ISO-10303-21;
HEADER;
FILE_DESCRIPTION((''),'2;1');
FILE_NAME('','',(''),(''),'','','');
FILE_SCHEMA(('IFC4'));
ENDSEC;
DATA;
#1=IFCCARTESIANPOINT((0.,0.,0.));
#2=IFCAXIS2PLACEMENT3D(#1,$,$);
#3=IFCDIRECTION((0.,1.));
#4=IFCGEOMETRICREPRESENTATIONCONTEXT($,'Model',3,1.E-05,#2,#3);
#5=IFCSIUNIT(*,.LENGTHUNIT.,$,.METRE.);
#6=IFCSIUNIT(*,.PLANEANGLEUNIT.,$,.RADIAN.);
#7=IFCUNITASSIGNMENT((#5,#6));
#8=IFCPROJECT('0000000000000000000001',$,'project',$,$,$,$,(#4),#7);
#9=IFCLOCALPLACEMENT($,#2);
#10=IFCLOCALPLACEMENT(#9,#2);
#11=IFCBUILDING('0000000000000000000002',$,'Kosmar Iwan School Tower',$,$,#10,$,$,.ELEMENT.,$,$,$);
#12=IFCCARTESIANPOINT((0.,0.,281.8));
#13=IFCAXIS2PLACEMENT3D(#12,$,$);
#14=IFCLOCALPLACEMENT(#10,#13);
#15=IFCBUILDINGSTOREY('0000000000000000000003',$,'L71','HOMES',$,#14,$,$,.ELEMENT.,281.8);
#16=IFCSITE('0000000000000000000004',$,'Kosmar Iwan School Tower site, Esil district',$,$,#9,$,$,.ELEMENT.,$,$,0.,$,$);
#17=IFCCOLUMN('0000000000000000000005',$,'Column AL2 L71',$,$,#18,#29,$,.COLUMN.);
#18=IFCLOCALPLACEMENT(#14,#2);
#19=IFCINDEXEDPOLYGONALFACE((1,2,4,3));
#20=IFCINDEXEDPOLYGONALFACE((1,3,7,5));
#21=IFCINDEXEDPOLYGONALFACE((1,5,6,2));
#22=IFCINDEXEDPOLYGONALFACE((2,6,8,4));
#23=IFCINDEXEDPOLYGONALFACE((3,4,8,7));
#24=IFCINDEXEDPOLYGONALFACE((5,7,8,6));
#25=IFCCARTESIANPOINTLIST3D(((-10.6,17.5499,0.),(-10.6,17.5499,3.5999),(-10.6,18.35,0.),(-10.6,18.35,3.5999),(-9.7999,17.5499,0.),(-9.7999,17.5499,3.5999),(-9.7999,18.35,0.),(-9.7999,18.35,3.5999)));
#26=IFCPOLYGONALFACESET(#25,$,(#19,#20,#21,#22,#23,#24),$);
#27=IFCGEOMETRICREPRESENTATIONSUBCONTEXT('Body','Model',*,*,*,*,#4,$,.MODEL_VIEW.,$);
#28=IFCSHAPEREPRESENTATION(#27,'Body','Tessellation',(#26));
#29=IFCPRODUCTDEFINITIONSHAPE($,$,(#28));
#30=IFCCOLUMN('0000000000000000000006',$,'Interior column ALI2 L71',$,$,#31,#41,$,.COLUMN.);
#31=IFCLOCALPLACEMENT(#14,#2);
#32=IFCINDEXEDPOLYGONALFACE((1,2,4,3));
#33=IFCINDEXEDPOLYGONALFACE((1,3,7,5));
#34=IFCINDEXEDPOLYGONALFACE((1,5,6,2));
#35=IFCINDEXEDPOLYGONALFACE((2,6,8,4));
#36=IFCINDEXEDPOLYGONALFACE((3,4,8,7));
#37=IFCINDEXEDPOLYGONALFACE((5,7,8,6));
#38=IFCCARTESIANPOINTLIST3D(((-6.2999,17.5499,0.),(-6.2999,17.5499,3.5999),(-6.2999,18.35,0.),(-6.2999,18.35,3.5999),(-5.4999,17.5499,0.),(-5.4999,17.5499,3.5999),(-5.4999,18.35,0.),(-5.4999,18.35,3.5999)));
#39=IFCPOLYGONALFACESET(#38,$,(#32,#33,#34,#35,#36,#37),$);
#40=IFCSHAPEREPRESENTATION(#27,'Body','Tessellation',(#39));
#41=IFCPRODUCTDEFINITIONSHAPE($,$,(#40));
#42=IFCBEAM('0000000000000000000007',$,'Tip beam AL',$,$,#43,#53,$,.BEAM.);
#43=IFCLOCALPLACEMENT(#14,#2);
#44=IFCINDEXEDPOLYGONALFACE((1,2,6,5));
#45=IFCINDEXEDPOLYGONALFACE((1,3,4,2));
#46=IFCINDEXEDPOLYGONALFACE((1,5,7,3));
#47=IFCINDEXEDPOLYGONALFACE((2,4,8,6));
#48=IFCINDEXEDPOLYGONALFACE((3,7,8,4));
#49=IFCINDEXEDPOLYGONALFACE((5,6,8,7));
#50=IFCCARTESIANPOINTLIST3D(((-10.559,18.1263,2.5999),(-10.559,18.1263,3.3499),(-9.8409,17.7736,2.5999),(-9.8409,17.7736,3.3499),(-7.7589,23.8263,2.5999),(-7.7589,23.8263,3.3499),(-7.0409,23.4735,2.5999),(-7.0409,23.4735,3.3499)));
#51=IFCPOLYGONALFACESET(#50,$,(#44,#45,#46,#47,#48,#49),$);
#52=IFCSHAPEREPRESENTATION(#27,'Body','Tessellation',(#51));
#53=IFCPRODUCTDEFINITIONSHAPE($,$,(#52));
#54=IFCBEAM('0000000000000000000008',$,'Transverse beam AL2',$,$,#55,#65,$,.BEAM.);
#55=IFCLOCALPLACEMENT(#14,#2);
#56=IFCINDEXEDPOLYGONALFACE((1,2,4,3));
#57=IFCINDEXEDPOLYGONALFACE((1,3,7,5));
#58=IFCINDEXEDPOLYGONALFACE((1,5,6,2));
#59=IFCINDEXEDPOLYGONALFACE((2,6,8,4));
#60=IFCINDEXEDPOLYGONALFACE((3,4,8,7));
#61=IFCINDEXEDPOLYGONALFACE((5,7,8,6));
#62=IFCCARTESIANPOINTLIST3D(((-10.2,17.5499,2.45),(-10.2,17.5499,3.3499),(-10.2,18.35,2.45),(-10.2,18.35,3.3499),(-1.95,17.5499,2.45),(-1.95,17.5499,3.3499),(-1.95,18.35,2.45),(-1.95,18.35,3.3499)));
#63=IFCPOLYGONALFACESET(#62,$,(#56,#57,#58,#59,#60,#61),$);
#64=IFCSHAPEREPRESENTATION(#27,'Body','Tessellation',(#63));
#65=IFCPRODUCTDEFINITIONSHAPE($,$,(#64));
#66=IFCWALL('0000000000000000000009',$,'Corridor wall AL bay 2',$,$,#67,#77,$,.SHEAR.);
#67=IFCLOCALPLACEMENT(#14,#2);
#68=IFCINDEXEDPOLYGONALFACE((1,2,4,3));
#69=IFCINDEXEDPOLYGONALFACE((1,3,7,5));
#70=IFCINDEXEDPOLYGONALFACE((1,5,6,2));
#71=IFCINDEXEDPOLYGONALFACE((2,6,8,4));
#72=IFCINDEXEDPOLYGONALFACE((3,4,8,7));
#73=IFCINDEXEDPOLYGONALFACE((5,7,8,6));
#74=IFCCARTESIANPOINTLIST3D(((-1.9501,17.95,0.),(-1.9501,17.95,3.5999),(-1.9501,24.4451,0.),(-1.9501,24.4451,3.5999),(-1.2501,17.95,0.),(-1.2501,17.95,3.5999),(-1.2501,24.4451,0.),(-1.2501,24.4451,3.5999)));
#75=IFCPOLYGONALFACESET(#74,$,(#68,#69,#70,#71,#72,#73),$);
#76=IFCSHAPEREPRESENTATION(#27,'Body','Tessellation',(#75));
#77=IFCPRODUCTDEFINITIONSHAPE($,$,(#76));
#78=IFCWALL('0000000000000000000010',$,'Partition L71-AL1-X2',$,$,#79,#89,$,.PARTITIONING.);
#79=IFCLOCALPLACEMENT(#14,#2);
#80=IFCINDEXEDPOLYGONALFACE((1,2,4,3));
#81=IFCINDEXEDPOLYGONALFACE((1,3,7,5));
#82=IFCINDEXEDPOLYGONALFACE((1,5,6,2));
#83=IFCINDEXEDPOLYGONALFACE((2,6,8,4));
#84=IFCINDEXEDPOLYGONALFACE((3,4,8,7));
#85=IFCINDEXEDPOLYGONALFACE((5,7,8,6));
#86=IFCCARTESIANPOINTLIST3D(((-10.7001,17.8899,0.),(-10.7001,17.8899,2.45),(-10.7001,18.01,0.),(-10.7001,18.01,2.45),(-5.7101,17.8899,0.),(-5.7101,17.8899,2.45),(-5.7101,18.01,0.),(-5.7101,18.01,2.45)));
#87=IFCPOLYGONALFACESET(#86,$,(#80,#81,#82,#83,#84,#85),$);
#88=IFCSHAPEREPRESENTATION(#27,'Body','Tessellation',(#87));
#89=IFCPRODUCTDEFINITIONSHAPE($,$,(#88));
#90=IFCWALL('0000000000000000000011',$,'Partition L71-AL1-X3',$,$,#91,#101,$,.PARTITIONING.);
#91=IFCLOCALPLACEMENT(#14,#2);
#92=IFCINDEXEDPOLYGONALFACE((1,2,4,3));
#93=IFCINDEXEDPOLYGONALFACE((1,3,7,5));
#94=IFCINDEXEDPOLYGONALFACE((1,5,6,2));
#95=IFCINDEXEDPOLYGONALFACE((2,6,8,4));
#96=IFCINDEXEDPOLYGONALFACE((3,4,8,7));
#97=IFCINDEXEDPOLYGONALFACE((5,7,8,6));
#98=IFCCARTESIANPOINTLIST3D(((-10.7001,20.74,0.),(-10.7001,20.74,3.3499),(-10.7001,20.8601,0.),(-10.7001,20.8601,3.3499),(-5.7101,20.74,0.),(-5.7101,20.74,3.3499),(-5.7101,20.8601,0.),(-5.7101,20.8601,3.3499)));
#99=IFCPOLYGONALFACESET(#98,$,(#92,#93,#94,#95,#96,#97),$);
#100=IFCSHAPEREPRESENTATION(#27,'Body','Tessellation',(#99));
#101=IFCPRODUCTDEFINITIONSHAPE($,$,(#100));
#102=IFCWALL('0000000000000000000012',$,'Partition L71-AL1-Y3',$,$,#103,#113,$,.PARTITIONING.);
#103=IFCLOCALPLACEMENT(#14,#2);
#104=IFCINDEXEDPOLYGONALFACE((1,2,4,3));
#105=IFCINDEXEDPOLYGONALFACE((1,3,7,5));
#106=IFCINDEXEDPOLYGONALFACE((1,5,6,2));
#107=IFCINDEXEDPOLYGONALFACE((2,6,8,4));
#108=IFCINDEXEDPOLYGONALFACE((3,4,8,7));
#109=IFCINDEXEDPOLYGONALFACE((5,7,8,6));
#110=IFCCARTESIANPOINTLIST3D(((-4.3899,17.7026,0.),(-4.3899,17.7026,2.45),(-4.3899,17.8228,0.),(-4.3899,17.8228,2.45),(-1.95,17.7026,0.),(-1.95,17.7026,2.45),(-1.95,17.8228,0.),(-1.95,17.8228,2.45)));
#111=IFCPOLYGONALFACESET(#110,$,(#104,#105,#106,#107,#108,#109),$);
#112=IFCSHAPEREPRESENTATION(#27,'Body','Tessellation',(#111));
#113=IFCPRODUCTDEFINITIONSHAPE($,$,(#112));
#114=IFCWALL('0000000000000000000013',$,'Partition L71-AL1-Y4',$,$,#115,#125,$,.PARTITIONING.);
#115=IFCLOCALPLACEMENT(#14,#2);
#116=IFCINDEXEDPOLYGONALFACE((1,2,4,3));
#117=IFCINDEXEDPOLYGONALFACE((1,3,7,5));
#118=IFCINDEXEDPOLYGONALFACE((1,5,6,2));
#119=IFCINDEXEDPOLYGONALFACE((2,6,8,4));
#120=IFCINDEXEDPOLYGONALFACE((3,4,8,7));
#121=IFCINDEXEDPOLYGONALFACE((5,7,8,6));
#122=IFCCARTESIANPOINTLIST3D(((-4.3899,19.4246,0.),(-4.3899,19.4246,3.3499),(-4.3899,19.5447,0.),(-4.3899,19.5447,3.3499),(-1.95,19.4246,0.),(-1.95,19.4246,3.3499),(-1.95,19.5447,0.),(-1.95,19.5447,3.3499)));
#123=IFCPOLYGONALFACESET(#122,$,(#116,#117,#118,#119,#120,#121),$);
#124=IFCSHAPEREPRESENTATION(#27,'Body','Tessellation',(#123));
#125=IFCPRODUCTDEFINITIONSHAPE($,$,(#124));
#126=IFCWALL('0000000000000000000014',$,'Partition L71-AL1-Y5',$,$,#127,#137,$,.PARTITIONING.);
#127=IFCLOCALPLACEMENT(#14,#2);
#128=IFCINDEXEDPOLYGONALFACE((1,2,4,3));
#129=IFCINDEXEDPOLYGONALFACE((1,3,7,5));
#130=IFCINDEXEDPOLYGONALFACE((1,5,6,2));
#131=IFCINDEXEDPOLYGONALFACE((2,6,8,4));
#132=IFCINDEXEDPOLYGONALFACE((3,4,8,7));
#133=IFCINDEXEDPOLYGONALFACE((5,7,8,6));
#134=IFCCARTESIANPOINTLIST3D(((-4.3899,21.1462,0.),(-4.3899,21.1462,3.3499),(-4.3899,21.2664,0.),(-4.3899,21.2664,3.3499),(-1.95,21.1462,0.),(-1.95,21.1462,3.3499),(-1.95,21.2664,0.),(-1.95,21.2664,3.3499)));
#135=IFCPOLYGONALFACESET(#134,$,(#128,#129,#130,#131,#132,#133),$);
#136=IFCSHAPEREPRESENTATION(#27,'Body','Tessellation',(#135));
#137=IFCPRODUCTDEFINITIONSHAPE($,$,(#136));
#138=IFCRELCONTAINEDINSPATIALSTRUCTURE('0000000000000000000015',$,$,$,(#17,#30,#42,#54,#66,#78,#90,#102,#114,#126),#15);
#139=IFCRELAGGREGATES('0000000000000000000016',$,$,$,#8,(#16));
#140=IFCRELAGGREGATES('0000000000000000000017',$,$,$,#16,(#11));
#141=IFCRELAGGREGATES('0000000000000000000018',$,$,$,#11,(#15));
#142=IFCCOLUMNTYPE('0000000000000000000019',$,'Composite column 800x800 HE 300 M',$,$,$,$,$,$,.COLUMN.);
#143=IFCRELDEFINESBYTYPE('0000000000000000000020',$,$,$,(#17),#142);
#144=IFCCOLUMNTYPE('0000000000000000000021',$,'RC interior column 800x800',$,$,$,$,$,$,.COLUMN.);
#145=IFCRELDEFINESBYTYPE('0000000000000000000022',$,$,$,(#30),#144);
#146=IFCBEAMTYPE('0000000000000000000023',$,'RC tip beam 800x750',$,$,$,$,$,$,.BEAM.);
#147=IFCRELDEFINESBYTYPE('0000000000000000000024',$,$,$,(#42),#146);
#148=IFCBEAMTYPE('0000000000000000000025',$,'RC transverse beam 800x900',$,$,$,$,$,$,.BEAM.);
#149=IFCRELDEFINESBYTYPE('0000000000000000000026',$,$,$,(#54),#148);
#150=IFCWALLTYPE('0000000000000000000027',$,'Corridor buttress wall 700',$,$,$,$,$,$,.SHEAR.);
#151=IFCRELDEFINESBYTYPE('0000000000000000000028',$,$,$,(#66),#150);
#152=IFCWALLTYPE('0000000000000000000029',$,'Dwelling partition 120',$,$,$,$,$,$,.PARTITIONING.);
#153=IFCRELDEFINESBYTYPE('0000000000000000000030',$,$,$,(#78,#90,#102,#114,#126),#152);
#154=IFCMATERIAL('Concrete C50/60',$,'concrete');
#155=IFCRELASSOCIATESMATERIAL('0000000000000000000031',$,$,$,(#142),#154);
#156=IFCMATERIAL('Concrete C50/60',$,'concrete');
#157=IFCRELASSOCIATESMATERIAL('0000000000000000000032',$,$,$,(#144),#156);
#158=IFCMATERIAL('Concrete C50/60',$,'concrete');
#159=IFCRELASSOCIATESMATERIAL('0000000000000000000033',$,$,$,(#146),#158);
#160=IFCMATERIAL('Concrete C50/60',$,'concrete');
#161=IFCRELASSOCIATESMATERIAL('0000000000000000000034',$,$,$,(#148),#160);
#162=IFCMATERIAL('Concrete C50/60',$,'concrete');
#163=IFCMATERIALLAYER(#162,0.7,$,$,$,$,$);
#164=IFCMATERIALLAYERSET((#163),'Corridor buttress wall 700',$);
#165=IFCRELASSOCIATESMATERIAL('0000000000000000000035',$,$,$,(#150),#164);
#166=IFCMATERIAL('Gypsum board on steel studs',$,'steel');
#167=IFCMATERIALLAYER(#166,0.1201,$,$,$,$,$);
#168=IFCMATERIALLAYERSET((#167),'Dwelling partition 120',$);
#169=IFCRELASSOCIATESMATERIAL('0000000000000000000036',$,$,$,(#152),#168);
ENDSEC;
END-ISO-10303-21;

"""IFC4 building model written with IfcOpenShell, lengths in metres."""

from ifc_helpers import new_model, si_unit, direction, frame, frame_2d, origin, origin_2d, place, context, subcontext, project, spatial, rectangle, extrude, material, layer, layer_set, material_profile, profile_set, type_object, element, save


model = new_model("IFC4")

# Units and contexts
model_context = context("Model", 3, precision=1e-05, world=origin(), true_north=direction((0.0, 1.0)))
body_context = subcontext(model_context, "Body", "Model", "MODEL_VIEW")
ifc_project = project(units=[si_unit("LENGTHUNIT", "METRE"), si_unit("PLANEANGLEUNIT", "RADIAN")], contexts=[model_context])

# Site, building, storey
site_placement = place(None, origin())
site = spatial("IfcSite", under=ifc_project, at=site_placement, Name="Kosmar Iwan School Tower site, Esil district", CompositionType="ELEMENT", RefElevation=0.0)
building_placement = place(site_placement, origin())
building = spatial("IfcBuilding", under=site, at=building_placement, Name="Kosmar Iwan School Tower", CompositionType="ELEMENT")
storey_placement = place(building_placement, frame((0.0, 0.0, 281.8)))
storey = spatial("IfcBuildingStorey", under=building, at=storey_placement, Name="L71", Description="HOMES", CompositionType="ELEMENT", Elevation=281.8)

# Columns
ifc_material_1 = material(Name="Concrete C50/60", Category="concrete")
ifc_material_profile_1 = material_profile(ifc_material_1, rectangle(XDim=0.8, YDim=0.8, at=origin_2d()), Name="RC 800x800 + HE 300 M")
ifc_profile_set_1 = profile_set([ifc_material_profile_1], Name="Concrete C50/60")
column_type_1 = type_object("IfcColumnType", Name="Composite column 800x800 HE 300 M", PredefinedType="COLUMN", material=ifc_profile_set_1)
column_1_placement = place(storey_placement, frame((-10.2, 17.95, 0.0), z_axis=(0.0, 0.0, 1.0), x_axis=(0.0, 1.0, 0.0)))
element("IfcColumn", 1, at=column_1_placement, inside=storey, type_object=column_type_1, Name="Column AL2 L71", PredefinedType="COLUMN", context=body_context, shape_type="SweptSolid", body=[
    extrude(rectangle(XDim=0.8, YDim=0.8, at=origin_2d()), origin(), (0.0, 0.0, 1.0), 3.5999),
])
ifc_material_2 = material(Name="Concrete C50/60", Category="concrete")
ifc_material_profile_2 = material_profile(ifc_material_2, rectangle(XDim=0.8, YDim=0.8, at=origin_2d()), Name="RC 800x800")
ifc_profile_set_2 = profile_set([ifc_material_profile_2], Name="Concrete C50/60")
column_type_2 = type_object("IfcColumnType", Name="RC interior column 800x800", PredefinedType="COLUMN", material=ifc_profile_set_2)
column_2_placement = place(storey_placement, frame((-5.8999, 17.95, 0.0), z_axis=(0.0, 0.0, 1.0), x_axis=(0.0, 1.0, 0.0)))
element("IfcColumn", 2, at=column_2_placement, inside=storey, type_object=column_type_2, Name="Interior column ALI2 L71", PredefinedType="COLUMN", context=body_context, shape_type="SweptSolid", body=[
    extrude(rectangle(XDim=0.8, YDim=0.8, at=origin_2d()), origin(), (0.0, 0.0, 1.0), 3.5999),
])

# Beams
ifc_material_3 = material(Name="Concrete C50/60", Category="concrete")
ifc_material_profile_3 = material_profile(ifc_material_3, rectangle(XDim=0.8, YDim=0.75, at=origin_2d()), Name="RC 800x750")
ifc_profile_set_3 = profile_set([ifc_material_profile_3], Name="Concrete C50/60")
beam_type_1 = type_object("IfcBeamType", Name="RC tip beam 800x750", PredefinedType="BEAM", material=ifc_profile_set_3)
beam_1_placement = place(storey_placement, frame((-10.2, 17.95, 2.9749), z_axis=(0.440913, 0.89755, 0.0), x_axis=(-0.89755, 0.440913, 0.0)))
element("IfcBeam", 3, at=beam_1_placement, inside=storey, type_object=beam_type_1, Name="Tip beam AL", PredefinedType="BEAM", context=body_context, shape_type="SweptSolid", body=[
    extrude(rectangle(XDim=0.8, YDim=0.75, at=origin_2d()), origin(), (0.0, 0.0, 1.0), 6.3506),
])
ifc_material_4 = material(Name="Concrete C50/60", Category="concrete")
ifc_material_profile_4 = material_profile(ifc_material_4, rectangle(XDim=0.8, YDim=0.8999, at=origin_2d()), Name="RC 800x900")
ifc_profile_set_4 = profile_set([ifc_material_profile_4], Name="Concrete C50/60")
beam_type_2 = type_object("IfcBeamType", Name="RC transverse beam 800x900", PredefinedType="BEAM", material=ifc_profile_set_4)
beam_2_placement = place(storey_placement, frame((-10.2, 17.95, 2.8999), z_axis=(1.0, 0.0, 0.0), x_axis=(0.0, 1.0, 0.0)))
element("IfcBeam", 4, at=beam_2_placement, inside=storey, type_object=beam_type_2, Name="Transverse beam AL2", PredefinedType="BEAM", context=body_context, shape_type="SweptSolid", body=[
    extrude(rectangle(XDim=0.8, YDim=0.8999, at=origin_2d()), origin(), (0.0, 0.0, 1.0), 8.25),
])

# Walls
ifc_material_5 = material(Name="Concrete C50/60", Category="concrete")
ifc_layer_1 = layer(ifc_material_5, 0.7)
ifc_layer_set_1 = layer_set([ifc_layer_1], Name="Corridor buttress wall 700")
wall_type_1 = type_object("IfcWallType", Name="Corridor buttress wall 700", PredefinedType="SHEAR", material=ifc_layer_set_1)
wall_1_placement = place(storey_placement, frame((-1.6001, 17.95, 0.0), z_axis=(0.0, 0.0, 1.0), x_axis=(0.0, 1.0, 0.0)))
element("IfcWall", 5, at=wall_1_placement, inside=storey, type_object=wall_type_1, Name="Corridor wall AL bay 2", PredefinedType="SHEAR", context=body_context, shape_type="SweptSolid", body=[
    extrude(rectangle(XDim=6.4951, YDim=0.7, at=frame_2d((3.2476, 0.0))), origin(), (0.0, 0.0, 1.0), 3.5999),
])
ifc_material_6 = material(Name="Gypsum board on steel studs", Category="steel")
ifc_layer_2 = layer(ifc_material_6, 0.1201)
ifc_layer_set_2 = layer_set([ifc_layer_2], Name="Dwelling partition 120")
wall_type_2 = type_object("IfcWallType", Name="Dwelling partition 120", PredefinedType="PARTITIONING", material=ifc_layer_set_2)
wall_2_placement = place(storey_placement, frame((-5.71, 17.95, 0.0), z_axis=(0.0, 0.0, 1.0), x_axis=(-1.0, 0.0, 0.0)))
element("IfcWall", 6, at=wall_2_placement, inside=storey, type_object=wall_type_2, Name="Partition L71-AL1-X2", PredefinedType="PARTITIONING", context=body_context, shape_type="SweptSolid", body=[
    extrude(rectangle(XDim=4.99, YDim=0.1201, at=frame_2d((2.4951, 0.0))), origin(), (0.0, 0.0, 1.0), 2.45),
])
wall_3_placement = place(storey_placement, frame((-5.71, 20.8, 0.0), z_axis=(0.0, 0.0, 1.0), x_axis=(-1.0, 0.0, 0.0)))
element("IfcWall", 7, at=wall_3_placement, inside=storey, type_object=wall_type_2, Name="Partition L71-AL1-X3", PredefinedType="PARTITIONING", context=body_context, shape_type="SweptSolid", body=[
    extrude(rectangle(XDim=4.99, YDim=0.1201, at=frame_2d((2.4951, 0.0))), origin(), (0.0, 0.0, 1.0), 3.3499),
])
wall_4_placement = place(storey_placement, frame((-1.95, 17.7627, 0.0), z_axis=(0.0, 0.0, 1.0), x_axis=(-1.0, 0.0, 0.0)))
element("IfcWall", 8, at=wall_4_placement, inside=storey, type_object=wall_type_2, Name="Partition L71-AL1-Y3", PredefinedType="PARTITIONING", context=body_context, shape_type="SweptSolid", body=[
    extrude(rectangle(XDim=2.4399, YDim=0.1201, at=frame_2d((1.22, 0.0))), origin(), (0.0, 0.0, 1.0), 2.45),
])
for number, where, z_axis, x_axis, name in (
    (9, (-1.95, 19.4846, 0.0), (0.0, 0.0, 1.0), (-1.0, 0.0, 0.0), "Partition L71-AL1-Y4"),
    (10, (-1.95, 21.2063, 0.0), (0.0, 0.0, 1.0), (-1.0, 0.0, 0.0), "Partition L71-AL1-Y5"),
):
    element("IfcWall", number, at=place(storey_placement, frame(where, z_axis=z_axis, x_axis=x_axis)), inside=storey, type_object=wall_type_2, Name=name, PredefinedType="PARTITIONING", context=body_context, shape_type="SweptSolid", body=[
        extrude(rectangle(XDim=2.4399, YDim=0.1201, at=frame_2d((1.22, 0.0))), origin(), (0.0, 0.0, 1.0), 3.3499),
    ])

save(model, "model.ifc")
